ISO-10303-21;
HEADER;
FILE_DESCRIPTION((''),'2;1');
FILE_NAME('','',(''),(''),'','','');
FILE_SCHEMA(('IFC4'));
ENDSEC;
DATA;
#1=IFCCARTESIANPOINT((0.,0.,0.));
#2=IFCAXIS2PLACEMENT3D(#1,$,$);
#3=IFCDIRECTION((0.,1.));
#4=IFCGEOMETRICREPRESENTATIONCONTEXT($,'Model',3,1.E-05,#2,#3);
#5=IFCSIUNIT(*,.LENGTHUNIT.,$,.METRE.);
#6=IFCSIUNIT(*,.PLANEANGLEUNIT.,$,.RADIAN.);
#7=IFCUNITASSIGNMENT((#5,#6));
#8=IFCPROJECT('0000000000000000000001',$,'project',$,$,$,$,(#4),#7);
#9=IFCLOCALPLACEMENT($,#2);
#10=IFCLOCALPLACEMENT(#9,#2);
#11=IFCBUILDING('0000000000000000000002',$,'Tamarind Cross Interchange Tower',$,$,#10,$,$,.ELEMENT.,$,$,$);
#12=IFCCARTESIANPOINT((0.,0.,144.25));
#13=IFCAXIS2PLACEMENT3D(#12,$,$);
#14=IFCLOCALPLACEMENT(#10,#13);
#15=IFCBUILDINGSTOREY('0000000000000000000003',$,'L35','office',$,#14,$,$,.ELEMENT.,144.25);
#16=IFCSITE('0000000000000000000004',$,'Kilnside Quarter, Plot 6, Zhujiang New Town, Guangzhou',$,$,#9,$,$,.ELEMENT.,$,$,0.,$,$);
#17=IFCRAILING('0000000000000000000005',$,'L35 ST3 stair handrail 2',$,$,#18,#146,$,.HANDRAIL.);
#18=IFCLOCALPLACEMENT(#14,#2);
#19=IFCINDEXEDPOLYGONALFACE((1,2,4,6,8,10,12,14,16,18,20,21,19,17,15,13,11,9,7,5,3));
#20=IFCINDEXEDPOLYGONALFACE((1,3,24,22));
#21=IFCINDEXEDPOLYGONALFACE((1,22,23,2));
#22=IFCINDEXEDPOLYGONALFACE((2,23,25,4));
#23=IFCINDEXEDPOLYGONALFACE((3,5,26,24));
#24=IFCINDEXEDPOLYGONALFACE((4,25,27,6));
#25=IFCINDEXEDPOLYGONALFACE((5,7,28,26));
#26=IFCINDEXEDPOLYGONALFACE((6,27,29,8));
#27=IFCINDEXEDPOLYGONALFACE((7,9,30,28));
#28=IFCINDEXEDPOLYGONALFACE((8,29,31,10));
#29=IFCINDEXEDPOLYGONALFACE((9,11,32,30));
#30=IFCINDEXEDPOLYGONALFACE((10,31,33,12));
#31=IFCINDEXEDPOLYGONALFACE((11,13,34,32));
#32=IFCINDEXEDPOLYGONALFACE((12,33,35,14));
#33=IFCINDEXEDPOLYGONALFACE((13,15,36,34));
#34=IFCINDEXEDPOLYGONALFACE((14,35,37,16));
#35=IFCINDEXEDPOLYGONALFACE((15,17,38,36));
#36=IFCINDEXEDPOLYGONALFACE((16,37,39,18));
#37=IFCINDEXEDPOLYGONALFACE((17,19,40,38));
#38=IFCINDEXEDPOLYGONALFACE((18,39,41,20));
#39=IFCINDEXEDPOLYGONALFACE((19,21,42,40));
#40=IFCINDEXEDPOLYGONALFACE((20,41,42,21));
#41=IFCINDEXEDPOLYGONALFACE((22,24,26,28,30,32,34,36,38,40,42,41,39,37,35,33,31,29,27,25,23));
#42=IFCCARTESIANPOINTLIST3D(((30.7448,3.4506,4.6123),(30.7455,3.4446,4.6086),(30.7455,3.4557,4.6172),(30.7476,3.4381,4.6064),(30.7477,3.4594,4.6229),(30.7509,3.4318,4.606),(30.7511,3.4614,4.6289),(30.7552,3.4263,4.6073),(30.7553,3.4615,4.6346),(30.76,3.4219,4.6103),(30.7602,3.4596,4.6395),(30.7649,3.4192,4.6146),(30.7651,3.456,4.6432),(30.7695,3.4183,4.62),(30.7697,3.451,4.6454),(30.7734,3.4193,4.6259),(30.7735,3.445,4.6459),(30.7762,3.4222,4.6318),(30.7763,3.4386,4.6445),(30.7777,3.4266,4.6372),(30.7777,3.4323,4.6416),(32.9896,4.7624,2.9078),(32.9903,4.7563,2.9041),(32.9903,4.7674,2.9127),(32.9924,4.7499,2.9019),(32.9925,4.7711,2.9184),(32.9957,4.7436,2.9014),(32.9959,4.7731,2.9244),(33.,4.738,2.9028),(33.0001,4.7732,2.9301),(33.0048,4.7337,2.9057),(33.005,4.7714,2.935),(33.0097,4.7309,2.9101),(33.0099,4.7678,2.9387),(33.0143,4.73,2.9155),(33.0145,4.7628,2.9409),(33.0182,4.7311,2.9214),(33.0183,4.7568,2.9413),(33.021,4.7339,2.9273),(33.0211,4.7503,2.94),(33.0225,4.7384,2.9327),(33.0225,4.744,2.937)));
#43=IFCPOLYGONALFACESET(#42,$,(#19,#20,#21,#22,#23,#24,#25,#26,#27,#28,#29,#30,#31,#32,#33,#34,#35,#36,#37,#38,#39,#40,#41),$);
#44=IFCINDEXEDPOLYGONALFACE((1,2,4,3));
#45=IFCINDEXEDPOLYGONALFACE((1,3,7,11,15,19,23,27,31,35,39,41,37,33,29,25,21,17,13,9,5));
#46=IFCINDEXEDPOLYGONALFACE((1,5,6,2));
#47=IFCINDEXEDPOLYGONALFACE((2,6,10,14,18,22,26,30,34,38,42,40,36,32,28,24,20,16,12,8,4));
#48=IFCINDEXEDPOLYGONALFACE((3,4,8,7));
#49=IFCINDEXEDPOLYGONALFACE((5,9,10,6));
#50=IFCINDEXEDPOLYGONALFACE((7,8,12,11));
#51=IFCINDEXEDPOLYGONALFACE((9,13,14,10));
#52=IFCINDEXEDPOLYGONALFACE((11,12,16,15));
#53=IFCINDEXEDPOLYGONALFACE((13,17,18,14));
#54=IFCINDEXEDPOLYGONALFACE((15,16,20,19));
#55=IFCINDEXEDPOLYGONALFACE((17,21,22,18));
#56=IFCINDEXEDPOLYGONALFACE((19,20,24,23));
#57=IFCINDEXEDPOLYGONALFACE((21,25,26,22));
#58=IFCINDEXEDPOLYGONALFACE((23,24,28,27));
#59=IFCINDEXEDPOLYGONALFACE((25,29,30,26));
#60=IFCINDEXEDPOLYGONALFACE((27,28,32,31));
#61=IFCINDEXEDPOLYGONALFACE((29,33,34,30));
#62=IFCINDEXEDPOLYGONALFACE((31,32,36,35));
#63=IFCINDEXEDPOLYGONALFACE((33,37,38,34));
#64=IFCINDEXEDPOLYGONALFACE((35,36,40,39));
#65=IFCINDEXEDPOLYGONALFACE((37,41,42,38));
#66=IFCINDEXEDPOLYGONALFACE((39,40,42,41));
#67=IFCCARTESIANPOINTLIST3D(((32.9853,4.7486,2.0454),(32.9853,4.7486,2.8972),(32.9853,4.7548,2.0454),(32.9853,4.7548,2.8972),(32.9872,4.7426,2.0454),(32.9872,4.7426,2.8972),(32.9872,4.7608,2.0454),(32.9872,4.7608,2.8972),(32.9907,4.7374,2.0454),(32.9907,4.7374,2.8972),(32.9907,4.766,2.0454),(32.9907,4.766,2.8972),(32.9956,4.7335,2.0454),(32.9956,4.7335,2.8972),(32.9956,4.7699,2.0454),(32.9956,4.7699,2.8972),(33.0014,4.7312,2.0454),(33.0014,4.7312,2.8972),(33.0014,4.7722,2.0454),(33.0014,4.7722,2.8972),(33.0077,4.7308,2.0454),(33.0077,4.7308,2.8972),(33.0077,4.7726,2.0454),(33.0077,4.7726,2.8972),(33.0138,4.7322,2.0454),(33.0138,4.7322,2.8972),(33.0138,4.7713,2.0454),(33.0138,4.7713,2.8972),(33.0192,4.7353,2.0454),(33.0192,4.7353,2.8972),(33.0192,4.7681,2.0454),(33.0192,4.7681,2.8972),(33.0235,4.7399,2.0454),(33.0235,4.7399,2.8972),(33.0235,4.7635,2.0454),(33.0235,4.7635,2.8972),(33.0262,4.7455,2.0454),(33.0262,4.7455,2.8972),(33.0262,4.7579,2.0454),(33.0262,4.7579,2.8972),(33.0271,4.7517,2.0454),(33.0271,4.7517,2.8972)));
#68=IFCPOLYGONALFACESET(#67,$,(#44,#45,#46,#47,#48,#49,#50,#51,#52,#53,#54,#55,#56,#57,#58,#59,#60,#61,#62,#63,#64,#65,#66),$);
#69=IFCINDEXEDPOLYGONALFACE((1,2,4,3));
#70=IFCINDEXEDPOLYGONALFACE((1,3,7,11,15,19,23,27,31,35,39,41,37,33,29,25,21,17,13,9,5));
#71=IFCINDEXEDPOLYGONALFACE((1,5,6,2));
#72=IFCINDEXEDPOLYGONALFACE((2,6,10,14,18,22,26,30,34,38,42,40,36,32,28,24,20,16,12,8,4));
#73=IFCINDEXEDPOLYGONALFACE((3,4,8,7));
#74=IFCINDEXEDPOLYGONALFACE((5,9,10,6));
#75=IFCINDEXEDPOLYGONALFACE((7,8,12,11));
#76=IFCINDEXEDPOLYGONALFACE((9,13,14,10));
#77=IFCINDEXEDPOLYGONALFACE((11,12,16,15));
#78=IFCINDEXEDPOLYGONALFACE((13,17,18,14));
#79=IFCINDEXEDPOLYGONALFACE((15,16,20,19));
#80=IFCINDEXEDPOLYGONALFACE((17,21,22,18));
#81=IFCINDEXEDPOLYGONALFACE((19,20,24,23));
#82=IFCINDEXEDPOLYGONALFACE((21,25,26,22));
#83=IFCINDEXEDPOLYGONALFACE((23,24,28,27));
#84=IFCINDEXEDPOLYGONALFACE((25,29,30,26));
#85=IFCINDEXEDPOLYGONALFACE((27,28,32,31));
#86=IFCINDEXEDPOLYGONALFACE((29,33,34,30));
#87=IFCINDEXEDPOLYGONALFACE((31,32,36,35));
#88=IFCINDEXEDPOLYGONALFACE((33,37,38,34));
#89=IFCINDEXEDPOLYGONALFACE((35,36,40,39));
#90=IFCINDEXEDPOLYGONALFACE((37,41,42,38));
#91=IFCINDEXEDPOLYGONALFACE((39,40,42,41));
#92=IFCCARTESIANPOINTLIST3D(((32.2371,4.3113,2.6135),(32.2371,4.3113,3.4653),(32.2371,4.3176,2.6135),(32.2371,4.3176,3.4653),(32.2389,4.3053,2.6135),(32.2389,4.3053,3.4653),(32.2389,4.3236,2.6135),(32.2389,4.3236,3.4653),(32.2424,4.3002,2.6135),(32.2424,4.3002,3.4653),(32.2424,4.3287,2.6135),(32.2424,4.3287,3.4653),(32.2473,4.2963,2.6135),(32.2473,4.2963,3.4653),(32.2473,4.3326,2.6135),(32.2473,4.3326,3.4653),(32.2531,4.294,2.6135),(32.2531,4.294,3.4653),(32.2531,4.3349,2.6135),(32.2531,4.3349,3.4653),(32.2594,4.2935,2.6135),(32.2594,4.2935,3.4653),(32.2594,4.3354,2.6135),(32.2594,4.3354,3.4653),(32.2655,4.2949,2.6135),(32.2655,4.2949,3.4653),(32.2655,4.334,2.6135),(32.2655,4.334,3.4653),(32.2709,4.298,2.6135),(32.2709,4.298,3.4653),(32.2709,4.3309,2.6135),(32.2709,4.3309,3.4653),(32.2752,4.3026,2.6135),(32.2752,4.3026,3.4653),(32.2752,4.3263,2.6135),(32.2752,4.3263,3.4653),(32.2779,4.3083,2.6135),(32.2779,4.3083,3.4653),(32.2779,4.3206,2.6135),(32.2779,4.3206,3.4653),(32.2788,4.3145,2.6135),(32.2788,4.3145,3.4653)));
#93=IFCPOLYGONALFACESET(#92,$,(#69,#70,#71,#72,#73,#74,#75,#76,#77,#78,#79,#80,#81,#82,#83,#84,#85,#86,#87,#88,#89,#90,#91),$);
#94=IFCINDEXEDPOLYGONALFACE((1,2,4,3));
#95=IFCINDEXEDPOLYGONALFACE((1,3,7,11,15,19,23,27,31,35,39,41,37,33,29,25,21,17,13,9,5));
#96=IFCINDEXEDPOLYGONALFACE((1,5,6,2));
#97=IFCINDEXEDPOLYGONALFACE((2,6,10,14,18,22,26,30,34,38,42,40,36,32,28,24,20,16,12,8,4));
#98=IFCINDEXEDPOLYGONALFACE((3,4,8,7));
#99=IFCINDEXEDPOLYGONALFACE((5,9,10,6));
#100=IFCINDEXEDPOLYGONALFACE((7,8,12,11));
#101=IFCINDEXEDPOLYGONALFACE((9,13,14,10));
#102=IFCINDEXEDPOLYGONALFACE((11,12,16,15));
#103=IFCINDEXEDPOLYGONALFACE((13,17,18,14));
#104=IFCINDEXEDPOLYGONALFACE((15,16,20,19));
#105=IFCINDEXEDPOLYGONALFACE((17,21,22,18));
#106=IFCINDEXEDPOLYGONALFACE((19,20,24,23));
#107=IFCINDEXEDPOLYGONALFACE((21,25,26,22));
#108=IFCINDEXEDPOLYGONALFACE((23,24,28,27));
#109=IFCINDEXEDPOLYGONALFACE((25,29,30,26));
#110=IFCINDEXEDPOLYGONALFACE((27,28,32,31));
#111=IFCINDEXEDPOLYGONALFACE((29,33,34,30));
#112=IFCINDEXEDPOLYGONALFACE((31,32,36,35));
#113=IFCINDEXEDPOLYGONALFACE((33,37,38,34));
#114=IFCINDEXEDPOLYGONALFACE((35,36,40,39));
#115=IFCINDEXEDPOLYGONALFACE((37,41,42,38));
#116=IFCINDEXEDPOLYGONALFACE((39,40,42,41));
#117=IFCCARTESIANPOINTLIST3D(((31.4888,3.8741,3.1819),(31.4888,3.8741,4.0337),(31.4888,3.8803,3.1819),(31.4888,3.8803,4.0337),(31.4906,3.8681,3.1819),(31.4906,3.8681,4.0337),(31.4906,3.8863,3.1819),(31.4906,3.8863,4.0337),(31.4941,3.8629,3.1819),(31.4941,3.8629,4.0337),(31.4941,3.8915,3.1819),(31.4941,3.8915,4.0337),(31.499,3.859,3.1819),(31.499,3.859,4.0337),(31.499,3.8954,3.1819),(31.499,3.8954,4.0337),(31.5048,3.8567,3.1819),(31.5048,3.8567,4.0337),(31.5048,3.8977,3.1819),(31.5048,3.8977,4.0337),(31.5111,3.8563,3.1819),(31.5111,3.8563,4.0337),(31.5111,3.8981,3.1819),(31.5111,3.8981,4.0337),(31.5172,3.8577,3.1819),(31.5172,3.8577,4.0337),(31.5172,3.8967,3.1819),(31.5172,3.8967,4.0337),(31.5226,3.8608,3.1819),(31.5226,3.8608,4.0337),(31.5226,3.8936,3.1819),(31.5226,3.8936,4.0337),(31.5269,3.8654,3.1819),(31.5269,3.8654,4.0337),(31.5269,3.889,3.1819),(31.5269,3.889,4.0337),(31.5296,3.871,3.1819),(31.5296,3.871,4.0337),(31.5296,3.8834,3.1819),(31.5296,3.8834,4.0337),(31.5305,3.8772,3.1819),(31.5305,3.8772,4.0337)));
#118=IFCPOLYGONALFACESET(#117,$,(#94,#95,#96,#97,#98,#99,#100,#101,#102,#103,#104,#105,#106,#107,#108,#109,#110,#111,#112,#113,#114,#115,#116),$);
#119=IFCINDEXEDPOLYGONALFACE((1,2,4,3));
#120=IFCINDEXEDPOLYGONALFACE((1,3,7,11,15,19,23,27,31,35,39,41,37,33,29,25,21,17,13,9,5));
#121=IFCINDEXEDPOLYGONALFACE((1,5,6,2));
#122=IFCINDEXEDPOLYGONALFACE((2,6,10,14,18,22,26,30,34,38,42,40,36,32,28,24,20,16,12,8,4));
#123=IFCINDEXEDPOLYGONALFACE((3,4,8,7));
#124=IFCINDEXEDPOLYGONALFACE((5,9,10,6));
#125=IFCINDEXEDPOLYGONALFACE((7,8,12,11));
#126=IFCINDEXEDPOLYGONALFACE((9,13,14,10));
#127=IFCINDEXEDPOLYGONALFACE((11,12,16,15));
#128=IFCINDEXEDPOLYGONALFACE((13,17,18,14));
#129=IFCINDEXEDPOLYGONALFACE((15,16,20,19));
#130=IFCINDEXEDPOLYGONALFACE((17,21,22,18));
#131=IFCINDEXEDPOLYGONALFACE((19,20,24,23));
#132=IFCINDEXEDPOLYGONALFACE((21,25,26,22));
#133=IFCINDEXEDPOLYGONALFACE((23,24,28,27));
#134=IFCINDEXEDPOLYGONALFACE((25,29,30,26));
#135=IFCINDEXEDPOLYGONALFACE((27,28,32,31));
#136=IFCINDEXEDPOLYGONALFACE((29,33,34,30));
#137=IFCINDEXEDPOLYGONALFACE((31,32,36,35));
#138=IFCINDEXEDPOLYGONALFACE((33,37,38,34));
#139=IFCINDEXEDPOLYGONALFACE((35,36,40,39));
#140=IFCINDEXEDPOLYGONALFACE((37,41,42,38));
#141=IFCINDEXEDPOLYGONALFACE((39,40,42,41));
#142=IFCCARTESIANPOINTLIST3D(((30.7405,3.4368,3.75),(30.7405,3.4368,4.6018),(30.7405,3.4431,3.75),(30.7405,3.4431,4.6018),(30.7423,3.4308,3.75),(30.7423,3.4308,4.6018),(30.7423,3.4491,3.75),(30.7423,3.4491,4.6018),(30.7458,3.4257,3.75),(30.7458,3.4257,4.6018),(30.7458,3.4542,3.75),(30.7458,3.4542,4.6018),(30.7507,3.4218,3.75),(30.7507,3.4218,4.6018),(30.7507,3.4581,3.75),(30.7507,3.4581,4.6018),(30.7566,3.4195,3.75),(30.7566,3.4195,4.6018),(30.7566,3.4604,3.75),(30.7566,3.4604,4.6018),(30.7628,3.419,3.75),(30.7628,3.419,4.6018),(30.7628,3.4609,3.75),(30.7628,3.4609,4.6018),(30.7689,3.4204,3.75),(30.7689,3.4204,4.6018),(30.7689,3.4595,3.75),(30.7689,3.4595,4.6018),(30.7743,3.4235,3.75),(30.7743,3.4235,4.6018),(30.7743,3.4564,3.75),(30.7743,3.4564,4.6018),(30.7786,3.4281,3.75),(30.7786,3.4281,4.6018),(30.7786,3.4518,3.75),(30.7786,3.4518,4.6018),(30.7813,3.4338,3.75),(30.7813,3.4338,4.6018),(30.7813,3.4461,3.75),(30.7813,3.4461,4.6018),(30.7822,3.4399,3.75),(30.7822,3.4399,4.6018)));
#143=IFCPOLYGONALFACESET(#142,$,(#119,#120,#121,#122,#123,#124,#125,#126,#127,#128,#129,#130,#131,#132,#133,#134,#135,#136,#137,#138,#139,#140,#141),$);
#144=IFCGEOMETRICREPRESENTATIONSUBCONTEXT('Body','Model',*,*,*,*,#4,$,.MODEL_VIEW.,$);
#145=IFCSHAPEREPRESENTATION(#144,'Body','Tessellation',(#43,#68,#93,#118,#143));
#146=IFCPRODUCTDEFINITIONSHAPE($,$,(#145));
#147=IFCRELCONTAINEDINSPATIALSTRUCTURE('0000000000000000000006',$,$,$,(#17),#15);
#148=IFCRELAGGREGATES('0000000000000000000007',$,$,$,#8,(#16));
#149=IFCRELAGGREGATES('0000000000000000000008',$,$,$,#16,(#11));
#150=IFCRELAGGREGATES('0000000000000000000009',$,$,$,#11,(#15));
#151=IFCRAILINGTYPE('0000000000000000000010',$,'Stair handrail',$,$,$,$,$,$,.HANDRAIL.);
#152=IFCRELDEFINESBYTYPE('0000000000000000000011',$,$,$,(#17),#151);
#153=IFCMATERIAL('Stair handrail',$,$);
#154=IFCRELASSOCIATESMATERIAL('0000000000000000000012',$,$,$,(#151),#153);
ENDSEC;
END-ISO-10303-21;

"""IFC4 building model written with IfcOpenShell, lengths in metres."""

from ifc_helpers import new_model, si_unit, direction, frame, origin, origin_2d, place, context, subcontext, project, spatial, circle, extrude, material, type_object, element, save


model = new_model("IFC4")

# Units and contexts
model_context = context("Model", 3, precision=1e-05, world=origin(), true_north=direction((0.0, 1.0)))
body_context = subcontext(model_context, "Body", "Model", "MODEL_VIEW")
ifc_project = project(units=[si_unit("LENGTHUNIT", "METRE"), si_unit("PLANEANGLEUNIT", "RADIAN")], contexts=[model_context])

# Site, building, storey
site_placement = place(None, origin())
site = spatial("IfcSite", under=ifc_project, at=site_placement, Name="Kilnside Quarter, Plot 6, Zhujiang New Town, Guangzhou", CompositionType="ELEMENT", RefElevation=0.0)
building_placement = place(site_placement, origin())
building = spatial("IfcBuilding", under=site, at=building_placement, Name="Tamarind Cross Interchange Tower", CompositionType="ELEMENT")
storey_placement = place(building_placement, frame((0.0, 0.0, 144.25)))
storey = spatial("IfcBuildingStorey", under=building, at=storey_placement, Name="L35", Description="office", CompositionType="ELEMENT", Elevation=144.25)

# Railing
ifc_material_1 = material(Name="Stair handrail")
railing_type_1 = type_object("IfcRailingType", Name="Stair handrail", PredefinedType="HANDRAIL", material=ifc_material_1)
railing_1_placement = place(storey_placement, frame((33.0061, 4.7517, 2.0454)))
element("IfcRailing", 1, at=railing_1_placement, inside=storey, type_object=railing_type_1, Name="L35 ST3 stair handrail 2", PredefinedType="HANDRAIL", context=body_context, shape_type="SweptSolid", body=[
    extrude(circle(Radius=0.0239, at=origin_2d()), frame((0.0, 0.0, 0.876), z_axis=(-0.722059, -0.421927, 0.548278), x_axis=(0.504519, -0.863401, 0.0)), (0.0, 0.0, 1.0), 3.1089),
    extrude(circle(Radius=0.021, at=origin_2d()), origin(), (0.0, 0.0, 1.0), 0.8518),
    extrude(circle(Radius=0.021, at=origin_2d()), frame((-0.7483, -0.4373, 0.5681)), (0.0, 0.0, 1.0), 0.8518),
    extrude(circle(Radius=0.021, at=origin_2d()), frame((-1.4966, -0.8745, 1.1365)), (0.0, 0.0, 1.0), 0.8518),
    extrude(circle(Radius=0.021, at=origin_2d()), frame((-2.2449, -1.3118, 1.7046)), (0.0, 0.0, 1.0), 0.8518),
])

save(model, "model.ifc")
